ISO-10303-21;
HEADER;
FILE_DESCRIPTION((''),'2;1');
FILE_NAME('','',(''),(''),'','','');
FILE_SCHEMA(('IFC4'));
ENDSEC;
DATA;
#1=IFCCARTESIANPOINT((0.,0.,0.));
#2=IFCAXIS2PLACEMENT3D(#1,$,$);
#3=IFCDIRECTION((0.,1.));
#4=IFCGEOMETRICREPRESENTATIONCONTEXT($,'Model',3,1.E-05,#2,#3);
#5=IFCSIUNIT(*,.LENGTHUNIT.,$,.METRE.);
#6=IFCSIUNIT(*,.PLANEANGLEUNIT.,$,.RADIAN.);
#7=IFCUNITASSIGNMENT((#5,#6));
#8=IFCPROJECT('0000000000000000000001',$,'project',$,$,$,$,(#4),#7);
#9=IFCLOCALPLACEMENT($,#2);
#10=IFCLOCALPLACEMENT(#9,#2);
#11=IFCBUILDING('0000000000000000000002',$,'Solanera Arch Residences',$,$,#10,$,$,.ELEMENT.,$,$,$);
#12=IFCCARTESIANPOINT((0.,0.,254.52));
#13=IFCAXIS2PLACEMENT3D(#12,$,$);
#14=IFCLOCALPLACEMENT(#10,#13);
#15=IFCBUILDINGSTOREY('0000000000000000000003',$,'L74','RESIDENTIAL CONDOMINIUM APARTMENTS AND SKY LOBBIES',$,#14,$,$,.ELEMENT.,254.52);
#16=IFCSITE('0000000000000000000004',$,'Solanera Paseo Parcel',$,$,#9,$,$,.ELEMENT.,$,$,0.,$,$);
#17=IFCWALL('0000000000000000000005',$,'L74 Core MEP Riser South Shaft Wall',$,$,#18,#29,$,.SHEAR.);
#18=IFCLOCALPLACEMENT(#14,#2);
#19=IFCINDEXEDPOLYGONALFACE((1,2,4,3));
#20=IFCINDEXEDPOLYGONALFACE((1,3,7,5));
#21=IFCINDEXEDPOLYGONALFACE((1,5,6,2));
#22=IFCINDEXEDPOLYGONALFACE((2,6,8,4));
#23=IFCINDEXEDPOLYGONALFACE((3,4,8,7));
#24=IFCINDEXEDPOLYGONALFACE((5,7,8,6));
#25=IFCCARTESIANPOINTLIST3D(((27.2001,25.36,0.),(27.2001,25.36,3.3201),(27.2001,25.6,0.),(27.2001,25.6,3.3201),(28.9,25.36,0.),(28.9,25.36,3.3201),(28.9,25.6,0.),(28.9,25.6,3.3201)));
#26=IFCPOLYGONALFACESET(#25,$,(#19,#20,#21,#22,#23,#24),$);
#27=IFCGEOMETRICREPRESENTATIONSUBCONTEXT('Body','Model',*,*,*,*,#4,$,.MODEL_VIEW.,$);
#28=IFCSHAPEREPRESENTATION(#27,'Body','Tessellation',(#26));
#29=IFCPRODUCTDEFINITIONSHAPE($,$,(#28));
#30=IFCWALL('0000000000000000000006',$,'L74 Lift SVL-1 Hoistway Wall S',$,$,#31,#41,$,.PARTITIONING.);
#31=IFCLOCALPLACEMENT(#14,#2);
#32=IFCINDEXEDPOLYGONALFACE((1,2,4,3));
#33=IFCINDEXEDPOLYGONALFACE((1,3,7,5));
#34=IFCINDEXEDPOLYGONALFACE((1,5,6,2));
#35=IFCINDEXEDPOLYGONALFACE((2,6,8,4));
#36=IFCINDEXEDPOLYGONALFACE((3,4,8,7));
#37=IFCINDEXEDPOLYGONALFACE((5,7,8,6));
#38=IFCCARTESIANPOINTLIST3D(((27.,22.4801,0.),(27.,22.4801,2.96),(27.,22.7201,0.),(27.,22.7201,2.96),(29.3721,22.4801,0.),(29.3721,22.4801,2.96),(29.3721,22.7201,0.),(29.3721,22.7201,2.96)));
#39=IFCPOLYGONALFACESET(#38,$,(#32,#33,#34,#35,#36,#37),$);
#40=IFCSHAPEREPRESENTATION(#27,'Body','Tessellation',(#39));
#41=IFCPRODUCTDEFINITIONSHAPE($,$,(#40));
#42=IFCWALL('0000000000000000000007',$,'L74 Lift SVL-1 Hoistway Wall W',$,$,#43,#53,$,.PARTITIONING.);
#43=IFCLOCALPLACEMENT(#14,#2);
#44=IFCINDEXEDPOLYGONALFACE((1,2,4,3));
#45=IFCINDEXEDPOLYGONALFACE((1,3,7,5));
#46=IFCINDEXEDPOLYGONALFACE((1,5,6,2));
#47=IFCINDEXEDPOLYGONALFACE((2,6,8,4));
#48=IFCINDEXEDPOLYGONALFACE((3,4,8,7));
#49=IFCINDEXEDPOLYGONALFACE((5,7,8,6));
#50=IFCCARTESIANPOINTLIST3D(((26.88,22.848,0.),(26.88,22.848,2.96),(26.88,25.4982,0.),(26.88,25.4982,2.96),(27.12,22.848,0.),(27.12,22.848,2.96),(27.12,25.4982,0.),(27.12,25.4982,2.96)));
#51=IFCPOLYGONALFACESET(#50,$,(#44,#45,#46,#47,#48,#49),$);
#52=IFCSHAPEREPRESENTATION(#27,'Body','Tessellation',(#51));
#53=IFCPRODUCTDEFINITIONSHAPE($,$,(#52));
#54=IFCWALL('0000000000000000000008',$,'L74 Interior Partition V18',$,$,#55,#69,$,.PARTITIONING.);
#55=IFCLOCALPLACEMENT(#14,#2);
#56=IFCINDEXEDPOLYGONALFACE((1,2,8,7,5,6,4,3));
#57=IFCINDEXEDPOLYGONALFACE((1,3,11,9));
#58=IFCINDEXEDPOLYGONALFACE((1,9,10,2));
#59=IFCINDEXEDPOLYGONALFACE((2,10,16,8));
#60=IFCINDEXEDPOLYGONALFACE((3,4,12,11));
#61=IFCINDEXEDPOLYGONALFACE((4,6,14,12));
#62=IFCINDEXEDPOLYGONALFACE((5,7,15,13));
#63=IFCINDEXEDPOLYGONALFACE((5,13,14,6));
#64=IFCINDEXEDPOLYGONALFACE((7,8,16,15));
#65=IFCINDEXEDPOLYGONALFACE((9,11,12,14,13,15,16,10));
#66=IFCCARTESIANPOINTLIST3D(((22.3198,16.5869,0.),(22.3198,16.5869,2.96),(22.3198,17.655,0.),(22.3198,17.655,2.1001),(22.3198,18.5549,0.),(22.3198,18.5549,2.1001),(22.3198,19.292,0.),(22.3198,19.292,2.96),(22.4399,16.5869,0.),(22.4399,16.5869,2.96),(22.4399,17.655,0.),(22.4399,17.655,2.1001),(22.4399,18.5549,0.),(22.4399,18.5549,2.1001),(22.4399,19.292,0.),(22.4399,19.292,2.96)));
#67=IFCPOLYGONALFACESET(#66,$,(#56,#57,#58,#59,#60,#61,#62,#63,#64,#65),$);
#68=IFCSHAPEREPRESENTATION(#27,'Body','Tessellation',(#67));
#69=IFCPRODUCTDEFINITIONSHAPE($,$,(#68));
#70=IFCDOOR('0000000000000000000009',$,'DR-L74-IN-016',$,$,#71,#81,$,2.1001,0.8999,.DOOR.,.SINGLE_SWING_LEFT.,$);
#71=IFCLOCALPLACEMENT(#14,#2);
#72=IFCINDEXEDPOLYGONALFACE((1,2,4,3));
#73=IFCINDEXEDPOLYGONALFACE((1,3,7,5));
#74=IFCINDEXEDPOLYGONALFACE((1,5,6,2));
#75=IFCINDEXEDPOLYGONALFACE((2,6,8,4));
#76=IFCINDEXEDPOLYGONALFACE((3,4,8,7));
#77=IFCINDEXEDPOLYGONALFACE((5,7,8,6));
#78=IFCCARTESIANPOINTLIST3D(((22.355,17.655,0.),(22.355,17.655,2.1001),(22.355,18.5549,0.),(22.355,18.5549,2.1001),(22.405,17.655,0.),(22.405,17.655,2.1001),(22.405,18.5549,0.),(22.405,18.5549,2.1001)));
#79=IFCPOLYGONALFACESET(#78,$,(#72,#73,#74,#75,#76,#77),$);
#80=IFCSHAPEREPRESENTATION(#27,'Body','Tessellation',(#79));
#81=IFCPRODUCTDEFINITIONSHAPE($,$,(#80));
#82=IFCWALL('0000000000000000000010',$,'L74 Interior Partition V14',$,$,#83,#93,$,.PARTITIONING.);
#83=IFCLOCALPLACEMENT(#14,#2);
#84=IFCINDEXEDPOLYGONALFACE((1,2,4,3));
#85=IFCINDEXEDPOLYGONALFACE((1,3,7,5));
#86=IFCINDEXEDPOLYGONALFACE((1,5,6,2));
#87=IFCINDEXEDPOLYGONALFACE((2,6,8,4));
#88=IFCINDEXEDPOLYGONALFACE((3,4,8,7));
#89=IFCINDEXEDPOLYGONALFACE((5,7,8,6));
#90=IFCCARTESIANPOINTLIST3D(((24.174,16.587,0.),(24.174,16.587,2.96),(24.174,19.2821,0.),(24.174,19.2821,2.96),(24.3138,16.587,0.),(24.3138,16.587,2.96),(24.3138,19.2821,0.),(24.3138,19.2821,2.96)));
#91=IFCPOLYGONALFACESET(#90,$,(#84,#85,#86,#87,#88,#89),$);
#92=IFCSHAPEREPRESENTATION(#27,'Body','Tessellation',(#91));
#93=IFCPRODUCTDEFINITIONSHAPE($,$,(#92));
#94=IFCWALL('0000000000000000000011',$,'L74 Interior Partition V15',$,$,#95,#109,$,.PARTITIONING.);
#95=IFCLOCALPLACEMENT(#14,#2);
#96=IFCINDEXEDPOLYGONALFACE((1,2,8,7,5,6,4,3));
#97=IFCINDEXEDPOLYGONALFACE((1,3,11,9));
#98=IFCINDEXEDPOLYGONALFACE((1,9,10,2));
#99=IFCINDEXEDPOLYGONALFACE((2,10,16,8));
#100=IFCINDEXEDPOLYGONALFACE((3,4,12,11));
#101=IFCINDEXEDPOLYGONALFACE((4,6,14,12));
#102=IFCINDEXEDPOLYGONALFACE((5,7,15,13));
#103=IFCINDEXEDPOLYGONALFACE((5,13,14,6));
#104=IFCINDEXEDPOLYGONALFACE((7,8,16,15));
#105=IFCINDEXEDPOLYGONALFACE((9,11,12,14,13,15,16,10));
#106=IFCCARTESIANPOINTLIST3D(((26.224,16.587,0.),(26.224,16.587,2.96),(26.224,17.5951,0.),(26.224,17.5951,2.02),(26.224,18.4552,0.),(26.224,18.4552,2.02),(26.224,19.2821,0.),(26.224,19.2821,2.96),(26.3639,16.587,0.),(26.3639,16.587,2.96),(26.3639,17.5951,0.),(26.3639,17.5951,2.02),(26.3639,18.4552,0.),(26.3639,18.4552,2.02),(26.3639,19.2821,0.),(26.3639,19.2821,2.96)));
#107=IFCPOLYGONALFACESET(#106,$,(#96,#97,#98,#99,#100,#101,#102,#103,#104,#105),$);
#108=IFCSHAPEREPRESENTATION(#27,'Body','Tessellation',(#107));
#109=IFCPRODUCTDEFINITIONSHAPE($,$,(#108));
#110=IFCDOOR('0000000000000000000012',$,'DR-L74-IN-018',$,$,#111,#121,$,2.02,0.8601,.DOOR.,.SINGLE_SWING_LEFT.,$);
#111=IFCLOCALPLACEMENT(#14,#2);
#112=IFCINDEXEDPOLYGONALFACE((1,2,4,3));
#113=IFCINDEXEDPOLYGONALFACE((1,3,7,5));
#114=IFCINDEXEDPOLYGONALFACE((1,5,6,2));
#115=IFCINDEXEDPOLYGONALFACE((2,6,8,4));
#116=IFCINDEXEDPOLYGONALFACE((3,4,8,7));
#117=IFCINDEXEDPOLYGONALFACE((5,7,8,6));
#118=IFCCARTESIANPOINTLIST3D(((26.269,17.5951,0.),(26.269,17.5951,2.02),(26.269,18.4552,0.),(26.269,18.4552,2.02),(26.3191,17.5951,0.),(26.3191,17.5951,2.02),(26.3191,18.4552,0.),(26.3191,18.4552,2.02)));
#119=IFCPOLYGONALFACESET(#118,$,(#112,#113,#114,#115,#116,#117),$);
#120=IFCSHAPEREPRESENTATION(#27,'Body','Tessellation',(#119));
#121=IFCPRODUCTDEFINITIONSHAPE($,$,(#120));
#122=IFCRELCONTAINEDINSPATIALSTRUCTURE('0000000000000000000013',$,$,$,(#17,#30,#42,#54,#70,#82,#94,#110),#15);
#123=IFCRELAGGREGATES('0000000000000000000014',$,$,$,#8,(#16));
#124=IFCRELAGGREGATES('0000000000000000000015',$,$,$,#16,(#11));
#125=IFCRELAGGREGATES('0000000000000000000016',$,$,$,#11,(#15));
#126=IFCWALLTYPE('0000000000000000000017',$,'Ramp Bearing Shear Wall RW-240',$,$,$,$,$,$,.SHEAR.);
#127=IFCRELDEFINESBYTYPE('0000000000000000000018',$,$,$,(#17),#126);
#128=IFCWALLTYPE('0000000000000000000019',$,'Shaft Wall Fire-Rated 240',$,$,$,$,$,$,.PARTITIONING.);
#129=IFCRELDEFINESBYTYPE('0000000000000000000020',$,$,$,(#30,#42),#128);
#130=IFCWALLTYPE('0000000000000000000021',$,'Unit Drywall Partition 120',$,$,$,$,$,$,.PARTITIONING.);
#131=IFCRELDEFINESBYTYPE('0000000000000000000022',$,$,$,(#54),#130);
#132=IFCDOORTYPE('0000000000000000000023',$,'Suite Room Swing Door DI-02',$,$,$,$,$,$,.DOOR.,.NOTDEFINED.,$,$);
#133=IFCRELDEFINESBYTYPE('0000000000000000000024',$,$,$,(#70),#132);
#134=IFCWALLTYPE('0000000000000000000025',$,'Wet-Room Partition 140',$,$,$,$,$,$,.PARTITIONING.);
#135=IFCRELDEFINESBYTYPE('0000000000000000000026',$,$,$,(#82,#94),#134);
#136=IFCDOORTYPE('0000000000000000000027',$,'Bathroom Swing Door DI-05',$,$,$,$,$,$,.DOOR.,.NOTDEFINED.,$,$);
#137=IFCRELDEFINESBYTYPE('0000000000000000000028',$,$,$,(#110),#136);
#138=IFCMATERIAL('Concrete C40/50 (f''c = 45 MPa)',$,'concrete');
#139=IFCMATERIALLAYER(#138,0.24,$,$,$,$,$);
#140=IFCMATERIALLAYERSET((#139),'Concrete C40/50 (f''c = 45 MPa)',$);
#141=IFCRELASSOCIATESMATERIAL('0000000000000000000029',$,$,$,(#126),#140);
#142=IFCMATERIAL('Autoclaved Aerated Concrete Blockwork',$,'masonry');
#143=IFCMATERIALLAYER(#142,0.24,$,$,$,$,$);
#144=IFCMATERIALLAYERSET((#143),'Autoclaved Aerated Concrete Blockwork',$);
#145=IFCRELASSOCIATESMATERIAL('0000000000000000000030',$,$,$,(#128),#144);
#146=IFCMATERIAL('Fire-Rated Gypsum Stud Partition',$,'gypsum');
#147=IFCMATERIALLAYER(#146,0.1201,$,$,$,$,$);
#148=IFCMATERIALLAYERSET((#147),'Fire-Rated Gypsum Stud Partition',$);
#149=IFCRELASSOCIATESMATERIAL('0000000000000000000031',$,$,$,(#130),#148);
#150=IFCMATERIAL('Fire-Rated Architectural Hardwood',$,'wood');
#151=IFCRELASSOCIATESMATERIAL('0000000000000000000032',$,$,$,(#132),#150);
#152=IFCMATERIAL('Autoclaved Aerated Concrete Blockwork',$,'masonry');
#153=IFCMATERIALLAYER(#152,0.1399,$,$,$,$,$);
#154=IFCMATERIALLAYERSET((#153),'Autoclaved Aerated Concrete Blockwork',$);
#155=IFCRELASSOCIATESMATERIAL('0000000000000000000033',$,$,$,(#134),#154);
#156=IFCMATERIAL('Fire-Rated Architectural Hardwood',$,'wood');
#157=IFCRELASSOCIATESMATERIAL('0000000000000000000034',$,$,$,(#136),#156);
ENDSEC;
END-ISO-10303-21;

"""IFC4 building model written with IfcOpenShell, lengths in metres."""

from ifc_helpers import new_model, si_unit, direction, frame, frame_2d, origin, place, context, subcontext, project, spatial, rectangle, extrude, material, layer, layer_set, type_object, element, fill, save


model = new_model("IFC4")

# Units and contexts
model_context = context("Model", 3, precision=1e-05, world=origin(), true_north=direction((0.0, 1.0)))
body_context = subcontext(model_context, "Body", "Model", "MODEL_VIEW")
ifc_project = project(units=[si_unit("LENGTHUNIT", "METRE"), si_unit("PLANEANGLEUNIT", "RADIAN")], contexts=[model_context])

# Site, building, storey
site_placement = place(None, origin())
site = spatial("IfcSite", under=ifc_project, at=site_placement, Name="Solanera Paseo Parcel", CompositionType="ELEMENT", RefElevation=0.0)
building_placement = place(site_placement, origin())
building = spatial("IfcBuilding", under=site, at=building_placement, Name="Solanera Arch Residences", CompositionType="ELEMENT")
storey_placement = place(building_placement, frame((0.0, 0.0, 254.52)))
storey = spatial("IfcBuildingStorey", under=building, at=storey_placement, Name="L74", Description="RESIDENTIAL CONDOMINIUM APARTMENTS AND SKY LOBBIES", CompositionType="ELEMENT", Elevation=254.52)

# Walls
ifc_material_1 = material(Name="Concrete C40/50 (f'c = 45 MPa)", Category="concrete")
ifc_layer_1 = layer(ifc_material_1, 0.24)
ifc_layer_set_1 = layer_set([ifc_layer_1], Name="Concrete C40/50 (f'c = 45 MPa)")
wall_type_1 = type_object("IfcWallType", Name="Ramp Bearing Shear Wall RW-240", PredefinedType="SHEAR", material=ifc_layer_set_1)
wall_1_placement = place(storey_placement, frame((27.2, 25.48, 0.0), z_axis=(0.0, 0.0, 1.0), x_axis=(1.0, 0.0, 0.0)))
element("IfcWall", 1, at=wall_1_placement, inside=storey, type_object=wall_type_1, Name="L74 Core MEP Riser South Shaft Wall", PredefinedType="SHEAR", context=body_context, shape_type="SweptSolid", body=[
    extrude(rectangle(XDim=1.7, YDim=0.24, at=frame_2d((0.8501, 0.0))), origin(), (0.0, 0.0, 1.0), 3.3201),
])
ifc_material_2 = material(Name="Autoclaved Aerated Concrete Blockwork", Category="masonry")
ifc_layer_2 = layer(ifc_material_2, 0.24)
ifc_layer_set_2 = layer_set([ifc_layer_2], Name="Autoclaved Aerated Concrete Blockwork")
wall_type_2 = type_object("IfcWallType", Name="Shaft Wall Fire-Rated 240", PredefinedType="PARTITIONING", material=ifc_layer_set_2)
wall_2_placement = place(storey_placement, frame((27.0, 22.6001, 0.0), z_axis=(0.0, 0.0, 1.0), x_axis=(1.0, 0.0, 0.0)))
element("IfcWall", 2, at=wall_2_placement, inside=storey, type_object=wall_type_2, Name="L74 Lift SVL-1 Hoistway Wall S", PredefinedType="PARTITIONING", context=body_context, shape_type="SweptSolid", body=[
    extrude(rectangle(XDim=2.3721, YDim=0.24, at=frame_2d((1.186, 0.0))), origin(), (0.0, 0.0, 1.0), 2.96),
])
wall_3_placement = place(storey_placement, frame((27.0, 22.8479, 0.0), z_axis=(0.0, 0.0, 1.0), x_axis=(0.0, 1.0, 0.0)))
element("IfcWall", 3, at=wall_3_placement, inside=storey, type_object=wall_type_2, Name="L74 Lift SVL-1 Hoistway Wall W", PredefinedType="PARTITIONING", context=body_context, shape_type="SweptSolid", body=[
    extrude(rectangle(XDim=2.6501, YDim=0.24, at=frame_2d((1.3252, 0.0))), origin(), (0.0, 0.0, 1.0), 2.96),
])

# Wall, opening, door
ifc_material_3 = material(Name="Fire-Rated Gypsum Stud Partition", Category="gypsum")
ifc_layer_3 = layer(ifc_material_3, 0.1201)
ifc_layer_set_3 = layer_set([ifc_layer_3], Name="Fire-Rated Gypsum Stud Partition")
wall_type_3 = type_object("IfcWallType", Name="Unit Drywall Partition 120", PredefinedType="PARTITIONING", material=ifc_layer_set_3)
wall_4_placement = place(storey_placement, frame((22.3799, 16.5869, 0.0), z_axis=(0.0, 0.0, 1.0), x_axis=(0.0, 1.0, 0.0)))
wall_4 = element("IfcWall", 4, at=wall_4_placement, inside=storey, type_object=wall_type_3, Name="L74 Interior Partition V18", PredefinedType="PARTITIONING", context=body_context, shape_type="SweptSolid", body=[
    extrude(rectangle(XDim=2.7051, YDim=0.1201, at=frame_2d((1.3525, 0.0))), origin(), (0.0, 0.0, 1.0), 2.96),
])
opening_1_placement = place(wall_4_placement, frame((1.0681, 0.0, 0.0)))
opening_1 = element("IfcOpeningElement", 5, at=opening_1_placement, cuts=wall_4, PredefinedType="OPENING", context=body_context, shape_type="SweptSolid", body=[
    extrude(rectangle(XDim=0.8999, YDim=2.1001, at=frame_2d((0.45, 1.05))), frame((0.0, 0.0701, 0.0), z_axis=(0.0, -1.0, 0.0), x_axis=(1.0, 0.0, 0.0)), (0.0, 0.0, 1.0), 0.1401),
])
ifc_material_4 = material(Name="Fire-Rated Architectural Hardwood", Category="wood")
door_type_1 = type_object("IfcDoorType", Name="Suite Room Swing Door DI-02", OperationType="NOTDEFINED", PredefinedType="DOOR", material=ifc_material_4)
door_1_placement = place(opening_1_placement, origin())
door_1 = element("IfcDoor", 6, at=door_1_placement, inside=storey, type_object=door_type_1, Name="DR-L74-IN-016", OperationType="SINGLE_SWING_LEFT", OverallHeight=2.1001, OverallWidth=0.8999, PredefinedType="DOOR", context=body_context, shape_type="SweptSolid", body=[
    extrude(rectangle(XDim=0.8999, YDim=2.1001, at=frame_2d((0.45, 1.05))), frame((0.0, 0.0249, 0.0), z_axis=(0.0, -1.0, 0.0), x_axis=(1.0, 0.0, 0.0)), (0.0, 0.0, 1.0), 0.05),
])
fill(opening_1, door_1)

# Wall
ifc_material_5 = material(Name="Autoclaved Aerated Concrete Blockwork", Category="masonry")
ifc_layer_4 = layer(ifc_material_5, 0.1399)
ifc_layer_set_4 = layer_set([ifc_layer_4], Name="Autoclaved Aerated Concrete Blockwork")
wall_type_4 = type_object("IfcWallType", Name="Wet-Room Partition 140", PredefinedType="PARTITIONING", material=ifc_layer_set_4)
wall_5_placement = place(storey_placement, frame((24.2439, 16.5869, 0.0), z_axis=(0.0, 0.0, 1.0), x_axis=(0.0, 1.0, 0.0)))
element("IfcWall", 7, at=wall_5_placement, inside=storey, type_object=wall_type_4, Name="L74 Interior Partition V14", PredefinedType="PARTITIONING", context=body_context, shape_type="SweptSolid", body=[
    extrude(rectangle(XDim=2.6951, YDim=0.1399, at=frame_2d((1.3477, 0.0))), origin(), (0.0, 0.0, 1.0), 2.96),
])

# Wall, opening, door
wall_6_placement = place(storey_placement, frame((26.2939, 16.5869, 0.0), z_axis=(0.0, 0.0, 1.0), x_axis=(0.0, 1.0, 0.0)))
wall_6 = element("IfcWall", 8, at=wall_6_placement, inside=storey, type_object=wall_type_4, Name="L74 Interior Partition V15", PredefinedType="PARTITIONING", context=body_context, shape_type="SweptSolid", body=[
    extrude(rectangle(XDim=2.6951, YDim=0.1399, at=frame_2d((1.3477, 0.0))), origin(), (0.0, 0.0, 1.0), 2.96),
])
opening_2_placement = place(wall_6_placement, frame((1.0081, 0.0, 0.0)))
opening_2 = element("IfcOpeningElement", 9, at=opening_2_placement, cuts=wall_6, PredefinedType="OPENING", context=body_context, shape_type="SweptSolid", body=[
    extrude(rectangle(XDim=0.8601, YDim=2.02, at=frame_2d((0.4302, 1.01))), frame((0.0, 0.0798, 0.0), z_axis=(0.0, -1.0, 0.0), x_axis=(1.0, 0.0, 0.0)), (0.0, 0.0, 1.0), 0.1599),
])
ifc_material_6 = material(Name="Fire-Rated Architectural Hardwood", Category="wood")
door_type_2 = type_object("IfcDoorType", Name="Bathroom Swing Door DI-05", OperationType="NOTDEFINED", PredefinedType="DOOR", material=ifc_material_6)
door_2_placement = place(opening_2_placement, origin())
door_2 = element("IfcDoor", 10, at=door_2_placement, inside=storey, type_object=door_type_2, Name="DR-L74-IN-018", OperationType="SINGLE_SWING_LEFT", OverallHeight=2.02, OverallWidth=0.8601, PredefinedType="DOOR", context=body_context, shape_type="SweptSolid", body=[
    extrude(rectangle(XDim=0.8601, YDim=2.02, at=frame_2d((0.4302, 1.01))), frame((0.0, 0.0249, 0.0), z_axis=(0.0, -1.0, 0.0), x_axis=(1.0, 0.0, 0.0)), (0.0, 0.0, 1.0), 0.05),
])
fill(opening_2, door_2)

save(model, "model.ifc")
